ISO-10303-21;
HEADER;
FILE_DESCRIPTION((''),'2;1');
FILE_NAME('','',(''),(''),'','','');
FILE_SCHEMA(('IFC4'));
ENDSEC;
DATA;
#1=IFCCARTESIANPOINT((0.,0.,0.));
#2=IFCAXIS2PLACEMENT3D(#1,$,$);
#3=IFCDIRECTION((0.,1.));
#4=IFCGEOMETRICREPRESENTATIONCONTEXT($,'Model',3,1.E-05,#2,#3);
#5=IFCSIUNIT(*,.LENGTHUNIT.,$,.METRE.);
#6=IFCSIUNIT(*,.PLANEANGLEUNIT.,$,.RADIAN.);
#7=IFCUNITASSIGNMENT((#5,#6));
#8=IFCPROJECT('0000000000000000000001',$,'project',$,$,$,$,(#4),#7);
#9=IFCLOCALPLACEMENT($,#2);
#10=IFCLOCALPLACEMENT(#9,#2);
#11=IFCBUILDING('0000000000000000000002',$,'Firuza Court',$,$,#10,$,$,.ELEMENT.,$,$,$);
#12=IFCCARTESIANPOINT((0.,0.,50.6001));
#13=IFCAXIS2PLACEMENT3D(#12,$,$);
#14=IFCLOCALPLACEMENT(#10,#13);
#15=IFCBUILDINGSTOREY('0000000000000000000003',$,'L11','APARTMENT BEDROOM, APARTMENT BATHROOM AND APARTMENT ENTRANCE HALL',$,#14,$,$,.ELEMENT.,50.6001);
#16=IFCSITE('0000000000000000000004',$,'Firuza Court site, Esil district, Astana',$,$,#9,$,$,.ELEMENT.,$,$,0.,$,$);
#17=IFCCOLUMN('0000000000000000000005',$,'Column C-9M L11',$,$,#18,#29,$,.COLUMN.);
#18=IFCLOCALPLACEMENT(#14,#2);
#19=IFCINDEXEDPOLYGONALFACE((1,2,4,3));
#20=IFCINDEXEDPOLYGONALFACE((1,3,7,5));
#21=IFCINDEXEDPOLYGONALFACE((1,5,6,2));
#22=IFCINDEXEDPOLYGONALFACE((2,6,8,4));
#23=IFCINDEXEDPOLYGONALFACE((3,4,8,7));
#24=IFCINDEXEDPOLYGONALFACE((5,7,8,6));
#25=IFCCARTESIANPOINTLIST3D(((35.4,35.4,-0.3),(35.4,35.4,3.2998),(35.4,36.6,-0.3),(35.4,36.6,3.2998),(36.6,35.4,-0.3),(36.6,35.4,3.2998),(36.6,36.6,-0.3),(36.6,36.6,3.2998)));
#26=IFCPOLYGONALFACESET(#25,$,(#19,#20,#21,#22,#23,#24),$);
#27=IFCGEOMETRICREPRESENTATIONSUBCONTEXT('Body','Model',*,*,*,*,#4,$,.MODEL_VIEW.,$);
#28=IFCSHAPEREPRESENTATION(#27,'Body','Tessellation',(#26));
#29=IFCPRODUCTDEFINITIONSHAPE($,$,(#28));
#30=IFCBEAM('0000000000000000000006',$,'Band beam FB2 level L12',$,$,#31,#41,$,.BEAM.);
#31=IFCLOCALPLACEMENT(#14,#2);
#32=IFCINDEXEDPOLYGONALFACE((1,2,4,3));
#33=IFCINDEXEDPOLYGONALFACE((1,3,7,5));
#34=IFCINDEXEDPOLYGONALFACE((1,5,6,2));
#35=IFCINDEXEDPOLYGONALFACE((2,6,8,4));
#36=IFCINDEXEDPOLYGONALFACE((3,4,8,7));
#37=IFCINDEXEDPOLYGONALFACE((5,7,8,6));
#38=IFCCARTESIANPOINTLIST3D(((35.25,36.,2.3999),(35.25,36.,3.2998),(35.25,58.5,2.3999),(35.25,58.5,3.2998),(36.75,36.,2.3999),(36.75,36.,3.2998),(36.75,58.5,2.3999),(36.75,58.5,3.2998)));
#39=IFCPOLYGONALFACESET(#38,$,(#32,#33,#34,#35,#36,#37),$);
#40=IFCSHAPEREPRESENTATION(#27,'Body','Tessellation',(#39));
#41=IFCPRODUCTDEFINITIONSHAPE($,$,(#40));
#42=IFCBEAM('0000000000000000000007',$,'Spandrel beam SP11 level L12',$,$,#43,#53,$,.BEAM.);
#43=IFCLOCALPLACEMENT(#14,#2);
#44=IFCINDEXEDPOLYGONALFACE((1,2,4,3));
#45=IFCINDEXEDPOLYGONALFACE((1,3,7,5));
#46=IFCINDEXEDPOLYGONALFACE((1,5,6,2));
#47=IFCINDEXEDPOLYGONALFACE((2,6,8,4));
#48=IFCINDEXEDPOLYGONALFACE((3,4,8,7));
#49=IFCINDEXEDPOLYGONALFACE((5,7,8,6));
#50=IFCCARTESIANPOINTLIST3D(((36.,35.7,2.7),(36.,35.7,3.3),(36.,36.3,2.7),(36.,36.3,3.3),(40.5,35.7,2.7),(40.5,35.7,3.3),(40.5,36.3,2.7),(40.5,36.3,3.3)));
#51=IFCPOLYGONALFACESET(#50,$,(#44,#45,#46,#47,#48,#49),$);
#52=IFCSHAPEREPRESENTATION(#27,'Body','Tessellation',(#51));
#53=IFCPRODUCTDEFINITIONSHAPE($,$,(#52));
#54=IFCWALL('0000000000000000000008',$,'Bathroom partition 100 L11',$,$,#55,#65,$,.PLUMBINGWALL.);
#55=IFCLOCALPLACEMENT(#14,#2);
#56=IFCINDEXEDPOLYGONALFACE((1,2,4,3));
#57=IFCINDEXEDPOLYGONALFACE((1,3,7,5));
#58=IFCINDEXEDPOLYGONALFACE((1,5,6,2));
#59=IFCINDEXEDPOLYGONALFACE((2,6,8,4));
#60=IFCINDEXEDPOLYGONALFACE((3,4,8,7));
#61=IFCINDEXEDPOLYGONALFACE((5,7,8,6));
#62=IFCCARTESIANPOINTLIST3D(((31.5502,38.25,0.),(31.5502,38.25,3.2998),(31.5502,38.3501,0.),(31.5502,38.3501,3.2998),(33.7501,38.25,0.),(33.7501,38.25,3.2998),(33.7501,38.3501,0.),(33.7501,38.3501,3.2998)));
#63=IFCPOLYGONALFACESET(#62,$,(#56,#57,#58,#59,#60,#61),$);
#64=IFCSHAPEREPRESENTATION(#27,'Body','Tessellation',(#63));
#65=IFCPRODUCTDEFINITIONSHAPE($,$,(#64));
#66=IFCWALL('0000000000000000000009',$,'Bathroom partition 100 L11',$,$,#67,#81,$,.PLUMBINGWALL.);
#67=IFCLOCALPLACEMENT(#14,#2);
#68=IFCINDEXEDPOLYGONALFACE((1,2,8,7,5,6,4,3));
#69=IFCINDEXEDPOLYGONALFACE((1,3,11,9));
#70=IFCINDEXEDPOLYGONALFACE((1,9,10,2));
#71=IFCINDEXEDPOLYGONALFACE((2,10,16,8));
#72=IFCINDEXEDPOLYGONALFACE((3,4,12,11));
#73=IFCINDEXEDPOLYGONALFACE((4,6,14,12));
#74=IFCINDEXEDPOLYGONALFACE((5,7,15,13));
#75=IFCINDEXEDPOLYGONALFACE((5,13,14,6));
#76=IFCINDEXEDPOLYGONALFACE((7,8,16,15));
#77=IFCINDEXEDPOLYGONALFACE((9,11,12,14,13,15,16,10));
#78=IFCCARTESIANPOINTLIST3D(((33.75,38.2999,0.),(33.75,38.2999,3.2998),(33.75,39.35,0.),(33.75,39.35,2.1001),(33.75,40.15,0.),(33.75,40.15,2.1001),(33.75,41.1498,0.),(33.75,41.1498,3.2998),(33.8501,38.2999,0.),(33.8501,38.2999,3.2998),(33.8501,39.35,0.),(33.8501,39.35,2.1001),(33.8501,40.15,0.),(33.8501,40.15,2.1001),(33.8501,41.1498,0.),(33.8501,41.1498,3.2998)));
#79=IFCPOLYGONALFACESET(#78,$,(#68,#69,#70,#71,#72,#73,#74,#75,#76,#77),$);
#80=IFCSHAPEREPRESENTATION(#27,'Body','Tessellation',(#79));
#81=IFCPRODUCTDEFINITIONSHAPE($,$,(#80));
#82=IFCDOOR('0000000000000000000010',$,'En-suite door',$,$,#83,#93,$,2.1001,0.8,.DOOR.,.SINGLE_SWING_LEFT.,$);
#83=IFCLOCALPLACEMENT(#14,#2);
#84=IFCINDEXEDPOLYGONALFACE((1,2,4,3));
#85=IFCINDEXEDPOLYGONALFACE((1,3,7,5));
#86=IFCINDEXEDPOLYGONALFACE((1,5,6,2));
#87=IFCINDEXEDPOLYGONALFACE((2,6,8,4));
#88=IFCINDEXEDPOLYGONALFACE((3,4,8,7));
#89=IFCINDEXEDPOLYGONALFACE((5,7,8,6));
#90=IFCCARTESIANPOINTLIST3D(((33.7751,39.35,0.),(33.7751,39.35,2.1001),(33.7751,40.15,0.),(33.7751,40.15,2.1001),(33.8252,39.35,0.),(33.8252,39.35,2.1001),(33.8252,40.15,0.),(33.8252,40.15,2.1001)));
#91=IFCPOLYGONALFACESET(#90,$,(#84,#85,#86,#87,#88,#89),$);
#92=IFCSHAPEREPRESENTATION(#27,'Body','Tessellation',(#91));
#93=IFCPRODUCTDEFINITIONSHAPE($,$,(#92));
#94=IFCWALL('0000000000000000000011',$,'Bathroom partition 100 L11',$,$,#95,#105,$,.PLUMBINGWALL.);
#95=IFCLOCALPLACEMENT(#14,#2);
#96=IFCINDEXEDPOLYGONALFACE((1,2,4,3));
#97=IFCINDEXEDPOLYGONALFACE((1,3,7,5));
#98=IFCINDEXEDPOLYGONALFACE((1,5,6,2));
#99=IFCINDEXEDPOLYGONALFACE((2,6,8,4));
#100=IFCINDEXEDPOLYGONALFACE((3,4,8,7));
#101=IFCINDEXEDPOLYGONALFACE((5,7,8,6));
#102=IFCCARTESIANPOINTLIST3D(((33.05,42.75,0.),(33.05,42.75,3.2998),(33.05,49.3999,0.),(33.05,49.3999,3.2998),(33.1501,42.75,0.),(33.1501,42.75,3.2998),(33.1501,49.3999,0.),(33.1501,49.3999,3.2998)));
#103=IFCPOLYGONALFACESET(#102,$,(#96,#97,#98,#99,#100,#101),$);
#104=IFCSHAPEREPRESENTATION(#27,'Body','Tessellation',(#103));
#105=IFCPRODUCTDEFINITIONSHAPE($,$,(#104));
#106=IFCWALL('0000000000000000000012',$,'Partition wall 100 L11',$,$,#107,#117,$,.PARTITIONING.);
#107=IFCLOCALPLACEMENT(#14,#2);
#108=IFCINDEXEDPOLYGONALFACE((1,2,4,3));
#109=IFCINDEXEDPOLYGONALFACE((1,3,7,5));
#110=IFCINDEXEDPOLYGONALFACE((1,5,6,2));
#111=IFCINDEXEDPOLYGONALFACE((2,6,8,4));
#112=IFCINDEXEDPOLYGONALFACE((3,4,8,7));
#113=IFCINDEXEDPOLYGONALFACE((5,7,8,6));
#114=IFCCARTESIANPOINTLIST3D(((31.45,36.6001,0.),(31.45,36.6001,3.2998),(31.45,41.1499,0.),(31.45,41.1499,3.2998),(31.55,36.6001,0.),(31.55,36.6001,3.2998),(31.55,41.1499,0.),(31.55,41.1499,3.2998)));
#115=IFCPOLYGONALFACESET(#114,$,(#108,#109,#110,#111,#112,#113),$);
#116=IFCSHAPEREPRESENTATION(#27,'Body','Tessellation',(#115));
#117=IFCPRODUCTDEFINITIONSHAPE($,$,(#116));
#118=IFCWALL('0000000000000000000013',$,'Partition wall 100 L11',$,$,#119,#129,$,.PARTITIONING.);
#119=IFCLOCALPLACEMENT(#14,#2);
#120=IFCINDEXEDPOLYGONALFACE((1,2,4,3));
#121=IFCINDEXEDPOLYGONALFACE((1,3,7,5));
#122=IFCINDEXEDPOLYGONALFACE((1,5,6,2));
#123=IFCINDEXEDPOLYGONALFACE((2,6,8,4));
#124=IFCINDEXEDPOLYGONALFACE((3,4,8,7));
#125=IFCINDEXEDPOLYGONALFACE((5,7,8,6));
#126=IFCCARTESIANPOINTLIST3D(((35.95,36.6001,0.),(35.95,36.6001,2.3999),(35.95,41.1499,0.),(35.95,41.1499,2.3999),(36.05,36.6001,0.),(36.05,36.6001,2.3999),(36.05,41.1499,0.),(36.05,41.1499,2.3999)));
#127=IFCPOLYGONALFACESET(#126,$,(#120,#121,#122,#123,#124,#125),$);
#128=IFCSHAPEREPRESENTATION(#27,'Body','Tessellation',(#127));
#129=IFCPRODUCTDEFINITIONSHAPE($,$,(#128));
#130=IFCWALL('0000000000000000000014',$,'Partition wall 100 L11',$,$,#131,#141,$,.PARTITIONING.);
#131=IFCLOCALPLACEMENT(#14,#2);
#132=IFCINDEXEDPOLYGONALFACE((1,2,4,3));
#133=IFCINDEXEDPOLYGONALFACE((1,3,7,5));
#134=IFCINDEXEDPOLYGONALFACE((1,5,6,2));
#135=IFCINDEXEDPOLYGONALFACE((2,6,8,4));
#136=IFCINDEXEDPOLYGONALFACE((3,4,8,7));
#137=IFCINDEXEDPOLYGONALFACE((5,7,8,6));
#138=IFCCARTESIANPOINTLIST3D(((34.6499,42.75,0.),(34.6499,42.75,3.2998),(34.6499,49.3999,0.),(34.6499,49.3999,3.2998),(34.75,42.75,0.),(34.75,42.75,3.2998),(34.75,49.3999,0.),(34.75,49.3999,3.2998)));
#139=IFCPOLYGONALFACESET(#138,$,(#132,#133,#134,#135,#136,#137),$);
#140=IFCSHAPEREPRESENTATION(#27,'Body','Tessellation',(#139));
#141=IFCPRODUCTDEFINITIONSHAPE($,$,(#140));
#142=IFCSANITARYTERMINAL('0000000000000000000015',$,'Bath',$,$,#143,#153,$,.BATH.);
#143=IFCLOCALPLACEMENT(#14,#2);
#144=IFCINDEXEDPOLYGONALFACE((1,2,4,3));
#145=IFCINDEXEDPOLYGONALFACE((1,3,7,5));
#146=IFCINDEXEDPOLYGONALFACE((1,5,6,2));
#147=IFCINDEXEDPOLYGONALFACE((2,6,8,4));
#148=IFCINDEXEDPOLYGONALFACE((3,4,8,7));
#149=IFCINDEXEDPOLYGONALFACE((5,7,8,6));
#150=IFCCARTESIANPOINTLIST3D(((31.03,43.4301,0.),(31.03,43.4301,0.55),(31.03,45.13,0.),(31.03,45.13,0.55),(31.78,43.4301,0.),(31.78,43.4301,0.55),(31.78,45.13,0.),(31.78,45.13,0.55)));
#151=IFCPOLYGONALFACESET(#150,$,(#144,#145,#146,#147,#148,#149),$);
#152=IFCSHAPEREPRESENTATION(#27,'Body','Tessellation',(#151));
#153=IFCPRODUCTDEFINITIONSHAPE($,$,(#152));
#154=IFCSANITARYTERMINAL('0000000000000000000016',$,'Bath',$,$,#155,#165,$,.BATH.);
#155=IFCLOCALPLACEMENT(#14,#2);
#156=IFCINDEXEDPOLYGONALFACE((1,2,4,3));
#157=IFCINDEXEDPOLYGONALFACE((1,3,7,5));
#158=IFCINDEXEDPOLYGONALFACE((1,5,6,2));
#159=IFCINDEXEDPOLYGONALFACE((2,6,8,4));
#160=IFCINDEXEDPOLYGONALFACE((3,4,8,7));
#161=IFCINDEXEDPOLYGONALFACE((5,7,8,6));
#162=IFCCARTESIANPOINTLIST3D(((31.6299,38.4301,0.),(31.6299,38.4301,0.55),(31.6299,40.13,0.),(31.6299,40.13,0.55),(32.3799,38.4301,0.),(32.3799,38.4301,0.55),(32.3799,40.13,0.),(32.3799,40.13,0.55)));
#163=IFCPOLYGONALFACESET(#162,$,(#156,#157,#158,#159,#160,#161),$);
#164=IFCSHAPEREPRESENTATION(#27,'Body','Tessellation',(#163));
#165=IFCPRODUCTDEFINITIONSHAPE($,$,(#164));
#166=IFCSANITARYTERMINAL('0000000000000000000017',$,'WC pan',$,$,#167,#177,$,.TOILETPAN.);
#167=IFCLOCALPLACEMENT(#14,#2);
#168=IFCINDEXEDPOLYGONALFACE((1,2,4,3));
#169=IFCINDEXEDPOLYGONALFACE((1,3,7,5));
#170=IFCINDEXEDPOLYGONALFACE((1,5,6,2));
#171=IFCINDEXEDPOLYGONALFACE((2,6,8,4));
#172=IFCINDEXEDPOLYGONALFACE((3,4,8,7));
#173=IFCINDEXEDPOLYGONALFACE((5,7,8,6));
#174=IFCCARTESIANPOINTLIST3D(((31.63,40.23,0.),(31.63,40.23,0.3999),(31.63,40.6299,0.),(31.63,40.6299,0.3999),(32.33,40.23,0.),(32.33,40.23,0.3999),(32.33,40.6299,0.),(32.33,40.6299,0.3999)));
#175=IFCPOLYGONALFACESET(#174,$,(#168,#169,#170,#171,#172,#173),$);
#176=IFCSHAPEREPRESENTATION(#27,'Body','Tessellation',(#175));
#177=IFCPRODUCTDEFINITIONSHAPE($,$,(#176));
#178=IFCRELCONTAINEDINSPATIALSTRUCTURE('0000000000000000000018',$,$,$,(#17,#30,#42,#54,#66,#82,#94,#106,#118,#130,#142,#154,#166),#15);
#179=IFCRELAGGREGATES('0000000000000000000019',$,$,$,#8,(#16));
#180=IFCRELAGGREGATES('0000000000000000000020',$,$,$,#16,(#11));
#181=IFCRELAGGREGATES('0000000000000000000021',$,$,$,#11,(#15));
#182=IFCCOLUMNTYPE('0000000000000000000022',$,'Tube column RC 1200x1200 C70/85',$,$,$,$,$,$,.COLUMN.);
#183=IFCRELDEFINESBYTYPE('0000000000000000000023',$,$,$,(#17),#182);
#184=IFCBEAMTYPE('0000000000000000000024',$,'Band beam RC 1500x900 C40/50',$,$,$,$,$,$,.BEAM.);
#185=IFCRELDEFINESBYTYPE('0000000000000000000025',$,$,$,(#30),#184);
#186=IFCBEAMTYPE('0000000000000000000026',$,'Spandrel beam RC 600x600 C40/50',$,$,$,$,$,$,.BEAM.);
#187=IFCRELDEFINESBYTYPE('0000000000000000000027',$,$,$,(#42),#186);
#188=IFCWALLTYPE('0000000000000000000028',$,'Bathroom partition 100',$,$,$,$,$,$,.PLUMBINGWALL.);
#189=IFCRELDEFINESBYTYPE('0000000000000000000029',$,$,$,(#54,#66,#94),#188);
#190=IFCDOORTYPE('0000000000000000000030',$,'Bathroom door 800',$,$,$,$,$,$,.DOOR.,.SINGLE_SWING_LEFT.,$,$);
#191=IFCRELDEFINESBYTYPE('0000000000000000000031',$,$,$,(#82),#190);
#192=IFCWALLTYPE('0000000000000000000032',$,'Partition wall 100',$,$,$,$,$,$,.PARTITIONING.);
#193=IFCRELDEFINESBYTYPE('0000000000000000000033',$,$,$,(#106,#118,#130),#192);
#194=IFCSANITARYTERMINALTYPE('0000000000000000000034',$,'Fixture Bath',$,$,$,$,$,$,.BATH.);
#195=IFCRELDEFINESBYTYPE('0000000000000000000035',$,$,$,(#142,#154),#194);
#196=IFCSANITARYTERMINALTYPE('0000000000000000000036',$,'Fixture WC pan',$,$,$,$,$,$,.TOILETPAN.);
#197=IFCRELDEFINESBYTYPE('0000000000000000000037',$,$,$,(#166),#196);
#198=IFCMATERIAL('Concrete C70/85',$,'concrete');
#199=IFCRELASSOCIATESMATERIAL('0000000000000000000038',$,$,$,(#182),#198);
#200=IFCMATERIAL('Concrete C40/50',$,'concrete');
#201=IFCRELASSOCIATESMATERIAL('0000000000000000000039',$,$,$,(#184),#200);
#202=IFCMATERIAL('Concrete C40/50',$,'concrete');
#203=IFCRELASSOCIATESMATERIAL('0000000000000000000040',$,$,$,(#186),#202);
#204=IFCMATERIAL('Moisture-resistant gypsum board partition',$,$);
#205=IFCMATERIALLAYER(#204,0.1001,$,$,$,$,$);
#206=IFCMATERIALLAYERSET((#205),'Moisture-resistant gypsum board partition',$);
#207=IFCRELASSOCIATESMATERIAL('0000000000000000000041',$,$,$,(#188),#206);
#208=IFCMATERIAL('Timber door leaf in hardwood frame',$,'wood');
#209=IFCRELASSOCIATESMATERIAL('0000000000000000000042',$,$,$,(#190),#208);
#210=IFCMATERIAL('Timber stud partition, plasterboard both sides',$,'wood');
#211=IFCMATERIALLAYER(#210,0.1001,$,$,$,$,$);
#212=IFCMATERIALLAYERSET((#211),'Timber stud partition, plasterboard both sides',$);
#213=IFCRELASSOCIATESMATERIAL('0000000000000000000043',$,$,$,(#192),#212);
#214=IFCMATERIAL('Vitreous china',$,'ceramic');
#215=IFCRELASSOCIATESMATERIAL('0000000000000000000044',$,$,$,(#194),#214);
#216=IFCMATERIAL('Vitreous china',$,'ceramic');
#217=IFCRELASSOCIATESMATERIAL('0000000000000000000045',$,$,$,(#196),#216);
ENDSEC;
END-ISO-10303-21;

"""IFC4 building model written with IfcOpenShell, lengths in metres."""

from ifc_helpers import new_model, si_unit, direction, frame, frame_2d, origin, origin_2d, place, context, subcontext, project, spatial, rectangle, extrude, material, layer, layer_set, material_profile, profile_set, type_object, element, fill, save


model = new_model("IFC4")

# Units and contexts
model_context = context("Model", 3, precision=1e-05, world=origin(), true_north=direction((0.0, 1.0)))
body_context = subcontext(model_context, "Body", "Model", "MODEL_VIEW")
ifc_project = project(units=[si_unit("LENGTHUNIT", "METRE"), si_unit("PLANEANGLEUNIT", "RADIAN")], contexts=[model_context])

# Site, building, storey
site_placement = place(None, origin())
site = spatial("IfcSite", under=ifc_project, at=site_placement, Name="Firuza Court site, Esil district, Astana", CompositionType="ELEMENT", RefElevation=0.0)
building_placement = place(site_placement, origin())
building = spatial("IfcBuilding", under=site, at=building_placement, Name="Firuza Court", CompositionType="ELEMENT")
storey_placement = place(building_placement, frame((0.0, 0.0, 50.6001)))
storey = spatial("IfcBuildingStorey", under=building, at=storey_placement, Name="L11", Description="APARTMENT BEDROOM, APARTMENT BATHROOM AND APARTMENT ENTRANCE HALL", CompositionType="ELEMENT", Elevation=50.6001)

# Column
ifc_material_1 = material(Name="Concrete C70/85", Category="concrete")
ifc_material_profile_1 = material_profile(ifc_material_1, rectangle(XDim=1.2, YDim=1.2, at=origin_2d()), Name="RC 1200x1200")
ifc_profile_set_1 = profile_set([ifc_material_profile_1], Name="Concrete C70/85")
column_type = type_object("IfcColumnType", Name="Tube column RC 1200x1200 C70/85", PredefinedType="COLUMN", material=ifc_profile_set_1)
column_placement = place(storey_placement, frame((36.0, 36.0, -0.3), z_axis=(0.0, 0.0, 1.0), x_axis=(1.0, 0.0, 0.0)))
element("IfcColumn", 1, at=column_placement, inside=storey, type_object=column_type, Name="Column C-9M L11", PredefinedType="COLUMN", context=body_context, shape_type="SweptSolid", body=[
    extrude(rectangle(XDim=1.2, YDim=1.2, at=origin_2d()), origin(), (0.0, 0.0, 1.0), 3.5999),
])

# Beams
ifc_material_2 = material(Name="Concrete C40/50", Category="concrete")
ifc_material_profile_2 = material_profile(ifc_material_2, rectangle(XDim=1.5, YDim=0.8999, at=origin_2d()), Name="RC 1500x900")
ifc_profile_set_2 = profile_set([ifc_material_profile_2], Name="Concrete C40/50")
beam_type_1 = type_object("IfcBeamType", Name="Band beam RC 1500x900 C40/50", PredefinedType="BEAM", material=ifc_profile_set_2)
beam_1_placement = place(storey_placement, frame((36.0, 36.0, 2.8499), z_axis=(0.0, 1.0, 0.0), x_axis=(-1.0, 0.0, 0.0)))
element("IfcBeam", 2, at=beam_1_placement, inside=storey, type_object=beam_type_1, Name="Band beam FB2 level L12", PredefinedType="BEAM", context=body_context, shape_type="SweptSolid", body=[
    extrude(rectangle(XDim=1.5, YDim=0.8999, at=origin_2d()), origin(), (0.0, 0.0, 1.0), 22.5),
])
ifc_material_3 = material(Name="Concrete C40/50", Category="concrete")
ifc_material_profile_3 = material_profile(ifc_material_3, rectangle(XDim=0.6001, YDim=0.6001, at=origin_2d()), Name="RC 600x600")
ifc_profile_set_3 = profile_set([ifc_material_profile_3], Name="Concrete C40/50")
beam_type_2 = type_object("IfcBeamType", Name="Spandrel beam RC 600x600 C40/50", PredefinedType="BEAM", material=ifc_profile_set_3)
beam_2_placement = place(storey_placement, frame((36.0, 36.0, 3.0), z_axis=(1.0, 0.0, 0.0), x_axis=(0.0, 1.0, 0.0)))
element("IfcBeam", 3, at=beam_2_placement, inside=storey, type_object=beam_type_2, Name="Spandrel beam SP11 level L12", PredefinedType="BEAM", context=body_context, shape_type="SweptSolid", body=[
    extrude(rectangle(XDim=0.6001, YDim=0.6001, at=origin_2d()), origin(), (0.0, 0.0, 1.0), 4.5),
])

# Wall
ifc_material_4 = material(Name="Moisture-resistant gypsum board partition")
ifc_layer_1 = layer(ifc_material_4, 0.1001)
ifc_layer_set_1 = layer_set([ifc_layer_1], Name="Moisture-resistant gypsum board partition")
wall_type_1 = type_object("IfcWallType", Name="Bathroom partition 100", PredefinedType="PLUMBINGWALL", material=ifc_layer_set_1)
wall_1_placement = place(storey_placement, frame((31.55, 38.3, 0.0), z_axis=(0.0, 0.0, 1.0), x_axis=(1.0, 0.0, 0.0)))
element("IfcWall", 4, at=wall_1_placement, inside=storey, type_object=wall_type_1, Name="Bathroom partition 100 L11", PredefinedType="PLUMBINGWALL", context=body_context, shape_type="SweptSolid", body=[
    extrude(rectangle(XDim=2.2, YDim=0.1001, at=frame_2d((1.1001, 0.0))), origin(), (0.0, 0.0, 1.0), 3.2998),
])

# Wall, opening, door
wall_2_placement = place(storey_placement, frame((33.8, 38.3, 0.0), z_axis=(0.0, 0.0, 1.0), x_axis=(0.0, 1.0, 0.0)))
wall_2 = element("IfcWall", 5, at=wall_2_placement, inside=storey, type_object=wall_type_1, Name="Bathroom partition 100 L11", PredefinedType="PLUMBINGWALL", context=body_context, shape_type="SweptSolid", body=[
    extrude(rectangle(XDim=2.8499, YDim=0.1001, at=frame_2d((1.4248, 0.0))), origin(), (0.0, 0.0, 1.0), 3.2998),
])
opening_placement = place(wall_2_placement, frame((1.05, 0.0, 0.0)))
opening = element("IfcOpeningElement", 6, at=opening_placement, cuts=wall_2, PredefinedType="OPENING", context=body_context, shape_type="SweptSolid", body=[
    extrude(rectangle(XDim=0.8, YDim=2.1001, at=frame_2d((0.3999, 1.05))), frame((0.0, 0.062, 0.0), z_axis=(0.0, -1.0, 0.0), x_axis=(1.0, 0.0, 0.0)), (0.0, 0.0, 1.0), 0.124),
])
ifc_material_5 = material(Name="Timber door leaf in hardwood frame", Category="wood")
door_type = type_object("IfcDoorType", Name="Bathroom door 800", OperationType="SINGLE_SWING_LEFT", PredefinedType="DOOR", material=ifc_material_5)
door_placement = place(opening_placement, origin())
door = element("IfcDoor", 7, at=door_placement, inside=storey, type_object=door_type, Name="En-suite door", OperationType="SINGLE_SWING_LEFT", OverallHeight=2.1001, OverallWidth=0.8, PredefinedType="DOOR", context=body_context, shape_type="SweptSolid", body=[
    extrude(rectangle(XDim=0.8, YDim=2.1001, at=frame_2d((0.3999, 1.05))), frame((0.0, 0.0249, 0.0), z_axis=(0.0, -1.0, 0.0), x_axis=(1.0, 0.0, 0.0)), (0.0, 0.0, 1.0), 0.05),
])
fill(opening, door)

# Walls
wall_3_placement = place(storey_placement, frame((33.1001, 42.75, 0.0), z_axis=(0.0, 0.0, 1.0), x_axis=(0.0, 1.0, 0.0)))
element("IfcWall", 8, at=wall_3_placement, inside=storey, type_object=wall_type_1, Name="Bathroom partition 100 L11", PredefinedType="PLUMBINGWALL", context=body_context, shape_type="SweptSolid", body=[
    extrude(rectangle(XDim=6.6499, YDim=0.1001, at=frame_2d((3.325, 0.0))), origin(), (0.0, 0.0, 1.0), 3.2998),
])
ifc_material_6 = material(Name="Timber stud partition, plasterboard both sides", Category="wood")
ifc_layer_2 = layer(ifc_material_6, 0.1001)
ifc_layer_set_2 = layer_set([ifc_layer_2], Name="Timber stud partition, plasterboard both sides")
wall_type_2 = type_object("IfcWallType", Name="Partition wall 100", PredefinedType="PARTITIONING", material=ifc_layer_set_2)
wall_4_placement = place(storey_placement, frame((31.5, 36.6001, 0.0), z_axis=(0.0, 0.0, 1.0), x_axis=(0.0, 1.0, 0.0)))
element("IfcWall", 9, at=wall_4_placement, inside=storey, type_object=wall_type_2, Name="Partition wall 100 L11", PredefinedType="PARTITIONING", context=body_context, shape_type="SweptSolid", body=[
    extrude(rectangle(XDim=4.5498, YDim=0.1001, at=frame_2d((2.2749, 0.0))), origin(), (0.0, 0.0, 1.0), 3.2998),
])
wall_5_placement = place(storey_placement, frame((36.0, 36.6001, 0.0), z_axis=(0.0, 0.0, 1.0), x_axis=(0.0, 1.0, 0.0)))
element("IfcWall", 10, at=wall_5_placement, inside=storey, type_object=wall_type_2, Name="Partition wall 100 L11", PredefinedType="PARTITIONING", context=body_context, shape_type="SweptSolid", body=[
    extrude(rectangle(XDim=4.5498, YDim=0.1001, at=frame_2d((2.2749, 0.0))), origin(), (0.0, 0.0, 1.0), 2.3999),
])
wall_6_placement = place(storey_placement, frame((34.7, 42.75, 0.0), z_axis=(0.0, 0.0, 1.0), x_axis=(0.0, 1.0, 0.0)))
element("IfcWall", 11, at=wall_6_placement, inside=storey, type_object=wall_type_2, Name="Partition wall 100 L11", PredefinedType="PARTITIONING", context=body_context, shape_type="SweptSolid", body=[
    extrude(rectangle(XDim=6.6499, YDim=0.1001, at=frame_2d((3.325, 0.0))), origin(), (0.0, 0.0, 1.0), 3.2998),
])

# Sanitary terminals
ifc_material_7 = material(Name="Vitreous china", Category="ceramic")
sanitary_terminal_type_1 = type_object("IfcSanitaryTerminalType", Name="Fixture Bath", PredefinedType="BATH", material=ifc_material_7)
for number, where, z_axis, x_axis, name in (
    (12, (31.405, 44.28, 0.0), (0.0, 0.0, 1.0), (1.0, 0.0, 0.0), "Bath"),
    (13, (32.0049, 39.28, 0.0), (0.0, 0.0, 1.0), (1.0, 0.0, 0.0), "Bath"),
):
    element("IfcSanitaryTerminal", number, at=place(storey_placement, frame(where, z_axis=z_axis, x_axis=x_axis)), inside=storey, type_object=sanitary_terminal_type_1, Name=name, PredefinedType="BATH", context=body_context, shape_type="SweptSolid", body=[
        extrude(rectangle(XDim=0.75, YDim=1.7, at=origin_2d()), origin(), (0.0, 0.0, 1.0), 0.55),
    ])
ifc_material_8 = material(Name="Vitreous china", Category="ceramic")
sanitary_terminal_type_2 = type_object("IfcSanitaryTerminalType", Name="Fixture WC pan", PredefinedType="TOILETPAN", material=ifc_material_8)
sanitary_terminal_1_placement = place(storey_placement, frame((31.98, 40.4299, 0.0), z_axis=(0.0, 0.0, 1.0), x_axis=(1.0, 0.0, 0.0)))
element("IfcSanitaryTerminal", 14, at=sanitary_terminal_1_placement, inside=storey, type_object=sanitary_terminal_type_2, Name="WC pan", PredefinedType="TOILETPAN", context=body_context, shape_type="SweptSolid", body=[
    extrude(rectangle(XDim=0.7, YDim=0.3999, at=origin_2d()), origin(), (0.0, 0.0, 1.0), 0.3999),
])

save(model, "model.ifc")
